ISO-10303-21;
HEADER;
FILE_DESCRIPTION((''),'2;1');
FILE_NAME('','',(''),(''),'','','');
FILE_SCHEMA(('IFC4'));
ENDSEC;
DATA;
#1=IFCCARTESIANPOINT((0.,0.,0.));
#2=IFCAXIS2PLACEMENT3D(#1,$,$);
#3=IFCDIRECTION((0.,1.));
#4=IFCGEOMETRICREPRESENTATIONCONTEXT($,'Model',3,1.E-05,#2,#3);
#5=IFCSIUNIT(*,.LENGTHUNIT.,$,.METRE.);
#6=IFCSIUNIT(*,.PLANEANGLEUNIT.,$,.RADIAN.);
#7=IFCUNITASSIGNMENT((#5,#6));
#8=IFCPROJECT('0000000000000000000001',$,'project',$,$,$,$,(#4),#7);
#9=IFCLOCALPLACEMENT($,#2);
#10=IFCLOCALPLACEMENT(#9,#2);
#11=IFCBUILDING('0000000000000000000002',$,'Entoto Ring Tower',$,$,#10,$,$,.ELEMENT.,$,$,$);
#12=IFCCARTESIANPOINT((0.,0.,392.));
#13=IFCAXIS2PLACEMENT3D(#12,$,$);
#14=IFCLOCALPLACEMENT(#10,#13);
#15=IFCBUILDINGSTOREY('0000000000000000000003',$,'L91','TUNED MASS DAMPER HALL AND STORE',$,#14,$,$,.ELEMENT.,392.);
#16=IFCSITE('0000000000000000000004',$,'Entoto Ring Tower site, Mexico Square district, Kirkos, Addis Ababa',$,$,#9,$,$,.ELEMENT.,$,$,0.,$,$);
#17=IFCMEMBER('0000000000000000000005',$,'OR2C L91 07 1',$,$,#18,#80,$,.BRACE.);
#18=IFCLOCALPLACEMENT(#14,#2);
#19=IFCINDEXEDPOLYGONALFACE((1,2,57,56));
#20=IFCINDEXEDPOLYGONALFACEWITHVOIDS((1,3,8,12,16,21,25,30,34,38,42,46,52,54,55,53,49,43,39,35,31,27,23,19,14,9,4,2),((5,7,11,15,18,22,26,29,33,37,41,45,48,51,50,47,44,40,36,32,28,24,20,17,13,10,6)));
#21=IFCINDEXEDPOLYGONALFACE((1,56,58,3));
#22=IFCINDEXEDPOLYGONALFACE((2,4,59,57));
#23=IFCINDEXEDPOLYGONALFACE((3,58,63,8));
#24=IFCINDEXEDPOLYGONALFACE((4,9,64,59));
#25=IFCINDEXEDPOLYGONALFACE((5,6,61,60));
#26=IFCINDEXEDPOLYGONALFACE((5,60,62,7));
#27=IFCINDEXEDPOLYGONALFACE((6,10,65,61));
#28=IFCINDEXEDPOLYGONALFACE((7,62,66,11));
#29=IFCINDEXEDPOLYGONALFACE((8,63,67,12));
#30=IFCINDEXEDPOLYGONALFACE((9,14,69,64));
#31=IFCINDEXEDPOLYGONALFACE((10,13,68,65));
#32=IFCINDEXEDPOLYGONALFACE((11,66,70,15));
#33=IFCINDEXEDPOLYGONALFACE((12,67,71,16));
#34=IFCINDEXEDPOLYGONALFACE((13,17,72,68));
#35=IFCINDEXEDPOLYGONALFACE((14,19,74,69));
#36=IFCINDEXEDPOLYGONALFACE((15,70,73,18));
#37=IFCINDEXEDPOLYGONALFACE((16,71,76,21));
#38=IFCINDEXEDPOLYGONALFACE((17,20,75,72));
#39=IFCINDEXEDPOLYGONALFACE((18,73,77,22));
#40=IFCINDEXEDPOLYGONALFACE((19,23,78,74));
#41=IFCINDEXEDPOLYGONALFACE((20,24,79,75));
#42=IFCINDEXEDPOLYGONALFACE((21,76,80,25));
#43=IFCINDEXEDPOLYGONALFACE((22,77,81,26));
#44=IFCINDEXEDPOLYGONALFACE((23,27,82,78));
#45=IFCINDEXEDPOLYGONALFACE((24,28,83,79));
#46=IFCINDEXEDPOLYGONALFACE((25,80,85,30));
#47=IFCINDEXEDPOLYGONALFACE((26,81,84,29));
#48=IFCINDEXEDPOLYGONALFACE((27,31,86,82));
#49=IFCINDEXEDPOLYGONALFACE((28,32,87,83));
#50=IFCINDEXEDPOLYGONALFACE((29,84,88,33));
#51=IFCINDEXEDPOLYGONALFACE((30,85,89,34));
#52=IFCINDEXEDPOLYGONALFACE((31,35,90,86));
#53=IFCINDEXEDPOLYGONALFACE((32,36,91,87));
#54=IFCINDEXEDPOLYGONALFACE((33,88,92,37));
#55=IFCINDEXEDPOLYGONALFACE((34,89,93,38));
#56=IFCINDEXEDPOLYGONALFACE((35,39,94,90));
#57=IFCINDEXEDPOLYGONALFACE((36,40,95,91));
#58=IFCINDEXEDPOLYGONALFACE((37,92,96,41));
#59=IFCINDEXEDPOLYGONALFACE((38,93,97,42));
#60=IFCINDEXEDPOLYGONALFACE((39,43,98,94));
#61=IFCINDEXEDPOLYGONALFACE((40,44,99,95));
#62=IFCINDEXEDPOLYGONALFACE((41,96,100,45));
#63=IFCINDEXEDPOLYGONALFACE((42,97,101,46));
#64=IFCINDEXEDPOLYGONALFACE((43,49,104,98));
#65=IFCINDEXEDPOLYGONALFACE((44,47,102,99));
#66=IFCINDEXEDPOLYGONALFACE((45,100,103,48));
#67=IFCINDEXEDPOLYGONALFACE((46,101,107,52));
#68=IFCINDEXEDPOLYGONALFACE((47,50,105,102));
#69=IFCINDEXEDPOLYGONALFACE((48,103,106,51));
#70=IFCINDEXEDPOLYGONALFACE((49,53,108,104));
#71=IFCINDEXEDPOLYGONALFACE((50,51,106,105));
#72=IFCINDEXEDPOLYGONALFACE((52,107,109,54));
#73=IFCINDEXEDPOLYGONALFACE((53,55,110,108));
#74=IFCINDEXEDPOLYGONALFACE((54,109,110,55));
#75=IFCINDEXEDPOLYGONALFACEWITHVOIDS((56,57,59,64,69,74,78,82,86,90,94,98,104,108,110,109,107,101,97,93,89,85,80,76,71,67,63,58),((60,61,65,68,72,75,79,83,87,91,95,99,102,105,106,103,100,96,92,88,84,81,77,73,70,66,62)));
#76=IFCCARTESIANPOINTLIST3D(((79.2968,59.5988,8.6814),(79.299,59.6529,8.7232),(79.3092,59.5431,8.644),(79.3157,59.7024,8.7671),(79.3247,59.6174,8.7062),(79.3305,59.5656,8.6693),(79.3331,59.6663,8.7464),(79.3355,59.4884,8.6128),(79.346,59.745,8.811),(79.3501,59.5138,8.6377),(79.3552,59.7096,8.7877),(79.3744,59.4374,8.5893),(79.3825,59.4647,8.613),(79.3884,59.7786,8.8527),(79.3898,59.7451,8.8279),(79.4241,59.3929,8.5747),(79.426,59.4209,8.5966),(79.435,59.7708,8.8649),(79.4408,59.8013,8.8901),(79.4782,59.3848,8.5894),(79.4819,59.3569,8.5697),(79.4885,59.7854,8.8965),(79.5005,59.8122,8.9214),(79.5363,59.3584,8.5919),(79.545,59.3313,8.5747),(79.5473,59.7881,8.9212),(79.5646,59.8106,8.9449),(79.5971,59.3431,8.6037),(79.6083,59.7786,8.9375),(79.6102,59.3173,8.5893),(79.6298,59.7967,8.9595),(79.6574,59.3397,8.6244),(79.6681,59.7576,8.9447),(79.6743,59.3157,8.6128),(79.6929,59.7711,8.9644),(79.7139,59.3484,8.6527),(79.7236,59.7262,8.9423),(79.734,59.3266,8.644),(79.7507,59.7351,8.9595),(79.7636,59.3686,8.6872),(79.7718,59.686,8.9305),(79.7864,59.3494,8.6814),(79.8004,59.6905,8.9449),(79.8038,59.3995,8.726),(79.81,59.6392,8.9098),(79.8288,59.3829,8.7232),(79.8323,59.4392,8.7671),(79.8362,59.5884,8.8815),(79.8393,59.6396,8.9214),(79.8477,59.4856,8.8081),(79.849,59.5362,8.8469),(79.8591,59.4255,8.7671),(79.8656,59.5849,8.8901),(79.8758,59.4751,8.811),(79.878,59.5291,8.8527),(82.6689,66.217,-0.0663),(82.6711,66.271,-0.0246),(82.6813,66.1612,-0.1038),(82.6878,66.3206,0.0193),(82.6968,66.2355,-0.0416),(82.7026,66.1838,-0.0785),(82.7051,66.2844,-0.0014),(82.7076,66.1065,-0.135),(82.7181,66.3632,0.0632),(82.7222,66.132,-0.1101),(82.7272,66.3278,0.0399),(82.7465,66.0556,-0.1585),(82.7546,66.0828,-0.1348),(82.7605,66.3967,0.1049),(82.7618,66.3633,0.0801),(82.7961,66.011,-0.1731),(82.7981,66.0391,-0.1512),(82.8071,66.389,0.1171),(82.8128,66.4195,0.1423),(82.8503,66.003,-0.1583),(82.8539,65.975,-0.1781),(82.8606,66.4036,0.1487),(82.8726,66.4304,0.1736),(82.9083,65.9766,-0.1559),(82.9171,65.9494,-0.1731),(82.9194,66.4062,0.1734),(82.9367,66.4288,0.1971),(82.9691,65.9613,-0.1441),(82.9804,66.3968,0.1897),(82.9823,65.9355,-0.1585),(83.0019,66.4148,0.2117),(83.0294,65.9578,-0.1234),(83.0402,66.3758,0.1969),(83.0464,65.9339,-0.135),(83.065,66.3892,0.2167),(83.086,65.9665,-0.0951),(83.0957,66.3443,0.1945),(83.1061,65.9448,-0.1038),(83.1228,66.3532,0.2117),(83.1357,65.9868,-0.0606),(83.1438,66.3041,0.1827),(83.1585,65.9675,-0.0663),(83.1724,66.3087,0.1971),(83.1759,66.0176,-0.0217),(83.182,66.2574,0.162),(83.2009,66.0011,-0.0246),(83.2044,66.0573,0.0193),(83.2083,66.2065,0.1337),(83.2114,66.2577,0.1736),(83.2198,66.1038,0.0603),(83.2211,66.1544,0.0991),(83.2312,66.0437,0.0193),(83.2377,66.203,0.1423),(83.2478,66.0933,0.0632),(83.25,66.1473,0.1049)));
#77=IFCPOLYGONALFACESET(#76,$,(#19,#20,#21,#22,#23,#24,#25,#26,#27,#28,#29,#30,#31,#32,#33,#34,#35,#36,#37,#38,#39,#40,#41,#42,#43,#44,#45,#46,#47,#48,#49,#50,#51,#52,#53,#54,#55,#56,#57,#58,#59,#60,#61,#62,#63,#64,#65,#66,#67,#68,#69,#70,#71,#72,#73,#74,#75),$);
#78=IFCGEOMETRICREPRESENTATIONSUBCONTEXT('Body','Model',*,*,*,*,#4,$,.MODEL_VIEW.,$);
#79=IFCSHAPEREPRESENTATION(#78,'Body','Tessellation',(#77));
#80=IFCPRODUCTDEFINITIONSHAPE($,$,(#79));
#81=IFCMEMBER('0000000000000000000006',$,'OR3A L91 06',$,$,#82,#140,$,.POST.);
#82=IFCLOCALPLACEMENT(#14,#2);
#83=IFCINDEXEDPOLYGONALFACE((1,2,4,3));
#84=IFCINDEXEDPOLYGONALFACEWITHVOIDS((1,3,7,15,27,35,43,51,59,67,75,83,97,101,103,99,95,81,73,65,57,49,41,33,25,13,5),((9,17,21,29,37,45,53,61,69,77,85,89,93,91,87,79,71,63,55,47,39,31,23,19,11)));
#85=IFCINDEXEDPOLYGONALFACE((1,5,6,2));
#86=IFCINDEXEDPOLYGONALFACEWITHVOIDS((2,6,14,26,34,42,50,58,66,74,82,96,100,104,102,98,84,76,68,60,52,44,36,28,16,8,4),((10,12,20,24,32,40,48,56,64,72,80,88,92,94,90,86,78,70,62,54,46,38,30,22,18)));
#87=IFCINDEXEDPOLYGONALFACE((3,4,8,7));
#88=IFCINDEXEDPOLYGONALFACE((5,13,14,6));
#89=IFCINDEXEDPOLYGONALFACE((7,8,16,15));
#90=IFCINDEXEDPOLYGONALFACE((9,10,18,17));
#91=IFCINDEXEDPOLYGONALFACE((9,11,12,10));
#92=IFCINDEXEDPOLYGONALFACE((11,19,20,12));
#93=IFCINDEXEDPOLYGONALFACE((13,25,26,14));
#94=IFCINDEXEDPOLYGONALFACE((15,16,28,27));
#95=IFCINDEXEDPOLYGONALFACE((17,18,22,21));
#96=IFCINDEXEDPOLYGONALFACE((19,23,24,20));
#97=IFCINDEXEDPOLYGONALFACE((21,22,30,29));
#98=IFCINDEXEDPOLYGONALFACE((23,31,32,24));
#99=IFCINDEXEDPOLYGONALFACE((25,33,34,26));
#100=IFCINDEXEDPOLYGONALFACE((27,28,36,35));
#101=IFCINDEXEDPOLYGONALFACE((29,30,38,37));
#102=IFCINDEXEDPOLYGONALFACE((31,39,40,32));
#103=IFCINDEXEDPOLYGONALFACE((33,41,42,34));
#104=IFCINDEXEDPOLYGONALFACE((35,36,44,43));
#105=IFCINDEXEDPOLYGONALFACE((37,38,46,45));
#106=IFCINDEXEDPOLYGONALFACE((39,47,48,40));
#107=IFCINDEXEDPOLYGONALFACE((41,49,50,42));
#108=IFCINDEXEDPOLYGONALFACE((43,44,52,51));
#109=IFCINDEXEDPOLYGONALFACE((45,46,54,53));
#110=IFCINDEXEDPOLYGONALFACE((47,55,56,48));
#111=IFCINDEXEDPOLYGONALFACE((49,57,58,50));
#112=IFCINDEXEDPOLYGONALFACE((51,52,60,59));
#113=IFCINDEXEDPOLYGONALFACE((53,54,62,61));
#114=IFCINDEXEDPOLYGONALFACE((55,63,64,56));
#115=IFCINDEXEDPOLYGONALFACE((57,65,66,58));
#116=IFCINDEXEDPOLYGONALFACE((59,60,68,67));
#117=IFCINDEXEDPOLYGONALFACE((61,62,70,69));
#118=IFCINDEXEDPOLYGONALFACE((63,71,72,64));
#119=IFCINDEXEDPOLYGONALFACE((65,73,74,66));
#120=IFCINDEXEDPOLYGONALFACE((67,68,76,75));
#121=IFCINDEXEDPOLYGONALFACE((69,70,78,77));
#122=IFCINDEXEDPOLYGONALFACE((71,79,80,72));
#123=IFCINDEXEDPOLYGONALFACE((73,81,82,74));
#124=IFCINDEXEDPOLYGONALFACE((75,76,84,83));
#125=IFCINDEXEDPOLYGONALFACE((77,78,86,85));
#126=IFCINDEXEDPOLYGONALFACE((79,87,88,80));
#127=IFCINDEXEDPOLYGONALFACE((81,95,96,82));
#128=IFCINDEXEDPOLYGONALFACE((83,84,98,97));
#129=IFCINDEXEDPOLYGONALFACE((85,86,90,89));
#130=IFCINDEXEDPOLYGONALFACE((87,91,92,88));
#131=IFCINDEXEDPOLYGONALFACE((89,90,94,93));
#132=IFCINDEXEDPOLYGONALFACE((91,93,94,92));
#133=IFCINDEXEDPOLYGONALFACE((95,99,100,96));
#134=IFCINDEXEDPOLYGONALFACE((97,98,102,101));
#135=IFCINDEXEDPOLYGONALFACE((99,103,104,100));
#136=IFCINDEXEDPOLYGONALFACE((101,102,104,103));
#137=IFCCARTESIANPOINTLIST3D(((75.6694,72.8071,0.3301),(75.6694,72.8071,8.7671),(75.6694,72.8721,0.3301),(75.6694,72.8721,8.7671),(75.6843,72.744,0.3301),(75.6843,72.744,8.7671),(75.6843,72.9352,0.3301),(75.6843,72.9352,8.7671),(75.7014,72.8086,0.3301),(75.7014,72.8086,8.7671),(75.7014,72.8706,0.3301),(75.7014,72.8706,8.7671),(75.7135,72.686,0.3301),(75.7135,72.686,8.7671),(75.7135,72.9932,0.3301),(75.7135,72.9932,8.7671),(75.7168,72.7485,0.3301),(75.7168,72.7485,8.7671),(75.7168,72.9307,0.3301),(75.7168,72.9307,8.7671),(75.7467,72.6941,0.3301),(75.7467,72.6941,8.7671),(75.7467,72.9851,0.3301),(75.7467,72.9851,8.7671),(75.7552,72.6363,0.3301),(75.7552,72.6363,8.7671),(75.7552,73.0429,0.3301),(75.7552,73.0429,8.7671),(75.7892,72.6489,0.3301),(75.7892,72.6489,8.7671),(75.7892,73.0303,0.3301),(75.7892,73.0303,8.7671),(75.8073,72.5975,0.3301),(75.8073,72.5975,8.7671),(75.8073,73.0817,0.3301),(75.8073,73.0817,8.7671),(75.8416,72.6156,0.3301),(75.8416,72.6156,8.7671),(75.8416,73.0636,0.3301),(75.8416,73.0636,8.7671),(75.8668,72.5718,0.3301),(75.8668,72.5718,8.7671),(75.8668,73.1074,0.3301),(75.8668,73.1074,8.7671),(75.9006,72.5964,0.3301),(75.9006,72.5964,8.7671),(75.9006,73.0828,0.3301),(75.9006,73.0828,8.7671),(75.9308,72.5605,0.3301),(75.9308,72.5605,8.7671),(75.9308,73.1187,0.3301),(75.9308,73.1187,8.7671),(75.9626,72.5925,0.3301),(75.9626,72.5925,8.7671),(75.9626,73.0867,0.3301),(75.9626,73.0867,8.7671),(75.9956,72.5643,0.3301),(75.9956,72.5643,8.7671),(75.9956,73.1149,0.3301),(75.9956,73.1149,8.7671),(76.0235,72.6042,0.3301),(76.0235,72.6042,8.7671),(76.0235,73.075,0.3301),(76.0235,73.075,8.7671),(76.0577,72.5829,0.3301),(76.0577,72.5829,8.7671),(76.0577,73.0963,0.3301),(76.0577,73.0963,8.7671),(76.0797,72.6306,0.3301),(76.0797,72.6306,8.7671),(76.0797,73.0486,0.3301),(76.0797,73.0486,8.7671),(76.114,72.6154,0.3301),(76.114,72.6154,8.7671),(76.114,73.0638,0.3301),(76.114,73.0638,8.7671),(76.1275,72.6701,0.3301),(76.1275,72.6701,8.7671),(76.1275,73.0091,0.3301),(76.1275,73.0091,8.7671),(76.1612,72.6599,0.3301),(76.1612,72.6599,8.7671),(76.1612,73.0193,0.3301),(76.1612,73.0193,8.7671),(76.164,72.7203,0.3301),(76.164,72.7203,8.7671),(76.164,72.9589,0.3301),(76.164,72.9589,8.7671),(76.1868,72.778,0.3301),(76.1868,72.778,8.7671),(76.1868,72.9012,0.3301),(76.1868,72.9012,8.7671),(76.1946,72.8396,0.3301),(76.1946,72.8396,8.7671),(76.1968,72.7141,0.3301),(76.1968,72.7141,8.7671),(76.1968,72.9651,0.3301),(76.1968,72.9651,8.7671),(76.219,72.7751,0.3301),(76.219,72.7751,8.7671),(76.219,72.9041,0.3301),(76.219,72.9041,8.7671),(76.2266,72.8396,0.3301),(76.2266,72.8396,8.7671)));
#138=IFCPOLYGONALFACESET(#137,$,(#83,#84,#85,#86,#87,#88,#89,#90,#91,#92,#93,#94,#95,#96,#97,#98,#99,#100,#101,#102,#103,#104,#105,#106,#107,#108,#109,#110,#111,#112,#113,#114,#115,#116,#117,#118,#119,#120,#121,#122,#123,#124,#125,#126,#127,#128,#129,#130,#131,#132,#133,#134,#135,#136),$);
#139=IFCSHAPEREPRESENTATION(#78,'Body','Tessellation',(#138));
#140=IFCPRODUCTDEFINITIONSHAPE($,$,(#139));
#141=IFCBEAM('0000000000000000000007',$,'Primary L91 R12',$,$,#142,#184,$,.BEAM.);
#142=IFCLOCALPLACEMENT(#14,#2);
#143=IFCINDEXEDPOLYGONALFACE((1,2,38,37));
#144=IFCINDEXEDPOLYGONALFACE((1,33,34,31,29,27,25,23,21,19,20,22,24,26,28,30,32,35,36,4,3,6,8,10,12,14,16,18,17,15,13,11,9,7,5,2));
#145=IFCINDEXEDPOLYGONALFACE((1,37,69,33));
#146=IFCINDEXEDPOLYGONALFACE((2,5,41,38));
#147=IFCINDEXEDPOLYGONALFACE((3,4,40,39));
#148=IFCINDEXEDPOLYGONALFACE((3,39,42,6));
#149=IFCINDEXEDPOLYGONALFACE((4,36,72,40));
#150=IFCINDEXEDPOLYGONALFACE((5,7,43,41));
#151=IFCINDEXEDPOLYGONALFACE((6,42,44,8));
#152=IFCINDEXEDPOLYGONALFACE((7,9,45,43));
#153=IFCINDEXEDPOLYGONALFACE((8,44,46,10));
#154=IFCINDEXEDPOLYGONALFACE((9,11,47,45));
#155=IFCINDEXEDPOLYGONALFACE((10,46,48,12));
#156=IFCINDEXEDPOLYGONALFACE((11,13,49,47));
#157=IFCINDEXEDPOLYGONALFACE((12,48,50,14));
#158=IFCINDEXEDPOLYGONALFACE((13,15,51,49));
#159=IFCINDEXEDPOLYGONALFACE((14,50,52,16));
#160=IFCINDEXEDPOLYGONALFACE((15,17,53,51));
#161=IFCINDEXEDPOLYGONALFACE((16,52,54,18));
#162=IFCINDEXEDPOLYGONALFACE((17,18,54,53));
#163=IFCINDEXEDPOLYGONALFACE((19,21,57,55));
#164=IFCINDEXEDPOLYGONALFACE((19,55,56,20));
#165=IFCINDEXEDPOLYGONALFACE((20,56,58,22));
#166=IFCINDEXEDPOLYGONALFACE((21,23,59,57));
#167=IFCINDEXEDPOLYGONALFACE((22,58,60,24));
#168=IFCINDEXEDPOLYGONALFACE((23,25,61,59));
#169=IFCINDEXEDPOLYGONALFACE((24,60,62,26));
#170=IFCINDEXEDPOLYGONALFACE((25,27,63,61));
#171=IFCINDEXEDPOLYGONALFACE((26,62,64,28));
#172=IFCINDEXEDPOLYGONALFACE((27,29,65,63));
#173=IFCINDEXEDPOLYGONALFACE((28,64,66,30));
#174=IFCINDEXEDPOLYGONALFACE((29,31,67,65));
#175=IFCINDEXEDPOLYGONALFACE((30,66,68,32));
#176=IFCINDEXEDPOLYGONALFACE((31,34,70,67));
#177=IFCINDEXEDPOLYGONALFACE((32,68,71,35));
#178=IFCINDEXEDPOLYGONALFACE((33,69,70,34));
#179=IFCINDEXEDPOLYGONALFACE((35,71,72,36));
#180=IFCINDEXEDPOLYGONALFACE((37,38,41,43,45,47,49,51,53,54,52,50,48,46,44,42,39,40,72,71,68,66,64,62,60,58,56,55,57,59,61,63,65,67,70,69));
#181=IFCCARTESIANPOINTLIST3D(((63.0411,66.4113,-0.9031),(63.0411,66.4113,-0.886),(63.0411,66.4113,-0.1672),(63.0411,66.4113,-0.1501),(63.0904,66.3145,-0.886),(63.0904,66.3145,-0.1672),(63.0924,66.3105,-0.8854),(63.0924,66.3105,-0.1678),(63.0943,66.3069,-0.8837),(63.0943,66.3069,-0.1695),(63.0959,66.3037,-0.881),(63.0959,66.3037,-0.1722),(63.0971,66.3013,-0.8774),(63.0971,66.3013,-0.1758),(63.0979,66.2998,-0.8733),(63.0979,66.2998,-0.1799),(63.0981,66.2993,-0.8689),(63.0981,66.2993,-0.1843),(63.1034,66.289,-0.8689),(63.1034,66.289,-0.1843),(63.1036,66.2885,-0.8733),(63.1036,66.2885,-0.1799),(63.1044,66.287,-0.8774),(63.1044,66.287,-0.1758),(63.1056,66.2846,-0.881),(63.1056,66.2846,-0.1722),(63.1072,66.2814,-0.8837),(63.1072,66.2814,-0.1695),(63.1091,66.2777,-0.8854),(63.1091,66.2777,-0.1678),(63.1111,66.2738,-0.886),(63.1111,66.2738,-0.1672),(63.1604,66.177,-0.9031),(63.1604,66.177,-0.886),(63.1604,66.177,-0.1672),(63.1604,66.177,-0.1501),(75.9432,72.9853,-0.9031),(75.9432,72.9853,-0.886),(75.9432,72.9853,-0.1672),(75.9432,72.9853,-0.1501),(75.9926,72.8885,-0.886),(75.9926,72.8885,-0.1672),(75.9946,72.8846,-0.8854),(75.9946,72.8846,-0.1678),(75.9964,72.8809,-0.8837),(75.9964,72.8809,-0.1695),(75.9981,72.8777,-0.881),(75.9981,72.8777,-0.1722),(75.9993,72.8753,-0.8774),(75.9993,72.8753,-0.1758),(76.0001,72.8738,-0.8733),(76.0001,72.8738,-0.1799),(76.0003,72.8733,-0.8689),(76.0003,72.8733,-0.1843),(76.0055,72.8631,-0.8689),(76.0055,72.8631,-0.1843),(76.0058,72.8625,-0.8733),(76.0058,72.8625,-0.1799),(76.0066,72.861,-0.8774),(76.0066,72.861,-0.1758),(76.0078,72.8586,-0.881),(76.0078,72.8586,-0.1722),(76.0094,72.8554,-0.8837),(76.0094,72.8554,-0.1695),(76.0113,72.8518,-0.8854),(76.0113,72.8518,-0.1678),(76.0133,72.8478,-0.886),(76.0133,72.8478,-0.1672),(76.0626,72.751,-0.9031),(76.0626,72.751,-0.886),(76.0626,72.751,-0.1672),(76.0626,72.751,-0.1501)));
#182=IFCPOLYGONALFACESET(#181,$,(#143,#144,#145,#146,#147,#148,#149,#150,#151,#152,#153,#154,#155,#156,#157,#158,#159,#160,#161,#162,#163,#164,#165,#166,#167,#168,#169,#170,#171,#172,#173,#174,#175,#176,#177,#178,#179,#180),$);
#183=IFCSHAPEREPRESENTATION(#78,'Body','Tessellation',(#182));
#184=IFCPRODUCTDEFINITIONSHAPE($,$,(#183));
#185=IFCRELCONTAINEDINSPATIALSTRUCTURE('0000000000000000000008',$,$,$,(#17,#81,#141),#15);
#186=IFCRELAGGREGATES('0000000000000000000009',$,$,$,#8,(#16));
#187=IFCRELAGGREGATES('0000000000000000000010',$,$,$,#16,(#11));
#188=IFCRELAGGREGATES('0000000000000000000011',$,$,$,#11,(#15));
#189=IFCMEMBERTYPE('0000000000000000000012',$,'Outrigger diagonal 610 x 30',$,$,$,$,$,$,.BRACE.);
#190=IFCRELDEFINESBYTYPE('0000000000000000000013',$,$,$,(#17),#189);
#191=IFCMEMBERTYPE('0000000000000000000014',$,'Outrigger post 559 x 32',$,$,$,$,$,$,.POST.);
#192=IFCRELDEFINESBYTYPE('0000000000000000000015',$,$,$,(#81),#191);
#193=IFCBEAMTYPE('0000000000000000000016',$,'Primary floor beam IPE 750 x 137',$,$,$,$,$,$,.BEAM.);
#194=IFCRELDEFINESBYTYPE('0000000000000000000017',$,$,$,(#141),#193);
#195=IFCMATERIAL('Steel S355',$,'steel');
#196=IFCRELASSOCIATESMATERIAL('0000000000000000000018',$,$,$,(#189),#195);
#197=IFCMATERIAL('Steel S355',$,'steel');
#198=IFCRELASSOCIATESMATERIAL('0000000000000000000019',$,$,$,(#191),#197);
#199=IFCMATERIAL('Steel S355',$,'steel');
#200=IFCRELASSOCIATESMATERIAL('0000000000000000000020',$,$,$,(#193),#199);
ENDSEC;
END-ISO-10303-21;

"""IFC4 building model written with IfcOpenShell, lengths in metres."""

from ifc_helpers import new_model, si_unit, direction, frame, origin, origin_2d, place, context, subcontext, project, spatial, circle, hollow_circle, i_section, extrude, material, material_profile, profile_set, type_object, element, save


model = new_model("IFC4")

# Units and contexts
model_context = context("Model", 3, precision=1e-05, world=origin(), true_north=direction((0.0, 1.0)))
body_context = subcontext(model_context, "Body", "Model", "MODEL_VIEW")
ifc_project = project(units=[si_unit("LENGTHUNIT", "METRE"), si_unit("PLANEANGLEUNIT", "RADIAN")], contexts=[model_context])

# Site, building, storey
site_placement = place(None, origin())
site = spatial("IfcSite", under=ifc_project, at=site_placement, Name="Entoto Ring Tower site, Mexico Square district, Kirkos, Addis Ababa", CompositionType="ELEMENT", RefElevation=0.0)
building_placement = place(site_placement, origin())
building = spatial("IfcBuilding", under=site, at=building_placement, Name="Entoto Ring Tower", CompositionType="ELEMENT")
storey_placement = place(building_placement, frame((0.0, 0.0, 392.0)))
storey = spatial("IfcBuildingStorey", under=building, at=storey_placement, Name="L91", Description="TUNED MASS DAMPER HALL AND STORE", CompositionType="ELEMENT", Elevation=392.0)

# Members
ifc_material_1 = material(Name="Steel S355", Category="steel")
ifc_material_profile_1 = material_profile(ifc_material_1, hollow_circle(Radius=0.3049, WallThickness=0.03, at=origin_2d()), Name="CHS 610 x 30")
ifc_material_2 = material(Name="Concrete C60/75", Category="concrete")
ifc_material_profile_2 = material_profile(ifc_material_2, circle(Radius=0.2749, at=origin_2d()), Name="Concrete C60/75 infill")
ifc_profile_set_1 = profile_set([ifc_material_profile_1, ifc_material_profile_2], Name="Steel S355")
member_type_1 = type_object("IfcMemberType", Name="Outrigger diagonal 610 x 30", PredefinedType="BRACE", material=ifc_profile_set_1)
member_1_placement = place(storey_placement, frame((82.9595, 66.1821, 0.0193), z_axis=(-0.293841, -0.576704, 0.76228), x_axis=(0.891009, -0.453985, 0.0)))
element("IfcMember", 1, at=member_1_placement, inside=storey, type_object=member_type_1, Name="OR2C L91 07 1", PredefinedType="BRACE", context=body_context, shape_type="SweptSolid", body=[
    extrude(hollow_circle(Radius=0.3049, WallThickness=0.03, at=origin_2d()), origin(), (0.0, 0.0, 1.0), 11.4758),
])
ifc_material_3 = material(Name="Steel S355", Category="steel")
ifc_material_profile_3 = material_profile(ifc_material_3, hollow_circle(Radius=0.2795, WallThickness=0.032, at=origin_2d()), Name="CHS 559 x 32")
ifc_material_4 = material(Name="Concrete C60/75", Category="concrete")
ifc_material_profile_4 = material_profile(ifc_material_4, circle(Radius=0.2476, at=origin_2d()), Name="Concrete C60/75 infill")
ifc_profile_set_2 = profile_set([ifc_material_profile_3, ifc_material_profile_4], Name="Steel S355")
member_type_2 = type_object("IfcMemberType", Name="Outrigger post 559 x 32", PredefinedType="POST", material=ifc_profile_set_2)
member_2_placement = place(storey_placement, frame((75.947, 72.8396, 0.3301), z_axis=(0.0, 0.0, 1.0), x_axis=(1.0, 0.0, 0.0)))
element("IfcMember", 2, at=member_2_placement, inside=storey, type_object=member_type_2, Name="OR3A L91 06", PredefinedType="POST", context=body_context, shape_type="SweptSolid", body=[
    extrude(hollow_circle(Radius=0.2795, WallThickness=0.032, at=origin_2d()), origin(), (0.0, 0.0, 1.0), 8.437),
])

# Beam
ifc_material_5 = material(Name="Steel S355", Category="steel")
ifc_material_profile_5 = material_profile(ifc_material_5, i_section(OverallWidth=0.2629, OverallDepth=0.7529, WebThickness=0.0115, FlangeThickness=0.0171, FilletRadius=0.0171, at=origin_2d()), Name="IPE 750 x 137")
ifc_profile_set_3 = profile_set([ifc_material_profile_5], Name="Steel S355")
beam_type_1 = type_object("IfcBeamType", Name="Primary floor beam IPE 750 x 137", PredefinedType="BEAM", material=ifc_profile_set_3)
beam_1_placement = place(storey_placement, frame((76.0029, 72.8682, -0.5266), z_axis=(-0.891006, -0.453992, 0.0), x_axis=(0.453992, -0.891006, 0.0)))
element("IfcBeam", 3, at=beam_1_placement, inside=storey, type_object=beam_type_1, Name="Primary L91 R12", PredefinedType="BEAM", context=body_context, shape_type="SweptSolid", body=[
    extrude(i_section(OverallWidth=0.2629, OverallDepth=0.7529, WebThickness=0.0115, FlangeThickness=0.0171, FilletRadius=0.0171, at=origin_2d()), origin(), (0.0, 0.0, 1.0), 14.4805),
])

save(model, "model.ifc")
